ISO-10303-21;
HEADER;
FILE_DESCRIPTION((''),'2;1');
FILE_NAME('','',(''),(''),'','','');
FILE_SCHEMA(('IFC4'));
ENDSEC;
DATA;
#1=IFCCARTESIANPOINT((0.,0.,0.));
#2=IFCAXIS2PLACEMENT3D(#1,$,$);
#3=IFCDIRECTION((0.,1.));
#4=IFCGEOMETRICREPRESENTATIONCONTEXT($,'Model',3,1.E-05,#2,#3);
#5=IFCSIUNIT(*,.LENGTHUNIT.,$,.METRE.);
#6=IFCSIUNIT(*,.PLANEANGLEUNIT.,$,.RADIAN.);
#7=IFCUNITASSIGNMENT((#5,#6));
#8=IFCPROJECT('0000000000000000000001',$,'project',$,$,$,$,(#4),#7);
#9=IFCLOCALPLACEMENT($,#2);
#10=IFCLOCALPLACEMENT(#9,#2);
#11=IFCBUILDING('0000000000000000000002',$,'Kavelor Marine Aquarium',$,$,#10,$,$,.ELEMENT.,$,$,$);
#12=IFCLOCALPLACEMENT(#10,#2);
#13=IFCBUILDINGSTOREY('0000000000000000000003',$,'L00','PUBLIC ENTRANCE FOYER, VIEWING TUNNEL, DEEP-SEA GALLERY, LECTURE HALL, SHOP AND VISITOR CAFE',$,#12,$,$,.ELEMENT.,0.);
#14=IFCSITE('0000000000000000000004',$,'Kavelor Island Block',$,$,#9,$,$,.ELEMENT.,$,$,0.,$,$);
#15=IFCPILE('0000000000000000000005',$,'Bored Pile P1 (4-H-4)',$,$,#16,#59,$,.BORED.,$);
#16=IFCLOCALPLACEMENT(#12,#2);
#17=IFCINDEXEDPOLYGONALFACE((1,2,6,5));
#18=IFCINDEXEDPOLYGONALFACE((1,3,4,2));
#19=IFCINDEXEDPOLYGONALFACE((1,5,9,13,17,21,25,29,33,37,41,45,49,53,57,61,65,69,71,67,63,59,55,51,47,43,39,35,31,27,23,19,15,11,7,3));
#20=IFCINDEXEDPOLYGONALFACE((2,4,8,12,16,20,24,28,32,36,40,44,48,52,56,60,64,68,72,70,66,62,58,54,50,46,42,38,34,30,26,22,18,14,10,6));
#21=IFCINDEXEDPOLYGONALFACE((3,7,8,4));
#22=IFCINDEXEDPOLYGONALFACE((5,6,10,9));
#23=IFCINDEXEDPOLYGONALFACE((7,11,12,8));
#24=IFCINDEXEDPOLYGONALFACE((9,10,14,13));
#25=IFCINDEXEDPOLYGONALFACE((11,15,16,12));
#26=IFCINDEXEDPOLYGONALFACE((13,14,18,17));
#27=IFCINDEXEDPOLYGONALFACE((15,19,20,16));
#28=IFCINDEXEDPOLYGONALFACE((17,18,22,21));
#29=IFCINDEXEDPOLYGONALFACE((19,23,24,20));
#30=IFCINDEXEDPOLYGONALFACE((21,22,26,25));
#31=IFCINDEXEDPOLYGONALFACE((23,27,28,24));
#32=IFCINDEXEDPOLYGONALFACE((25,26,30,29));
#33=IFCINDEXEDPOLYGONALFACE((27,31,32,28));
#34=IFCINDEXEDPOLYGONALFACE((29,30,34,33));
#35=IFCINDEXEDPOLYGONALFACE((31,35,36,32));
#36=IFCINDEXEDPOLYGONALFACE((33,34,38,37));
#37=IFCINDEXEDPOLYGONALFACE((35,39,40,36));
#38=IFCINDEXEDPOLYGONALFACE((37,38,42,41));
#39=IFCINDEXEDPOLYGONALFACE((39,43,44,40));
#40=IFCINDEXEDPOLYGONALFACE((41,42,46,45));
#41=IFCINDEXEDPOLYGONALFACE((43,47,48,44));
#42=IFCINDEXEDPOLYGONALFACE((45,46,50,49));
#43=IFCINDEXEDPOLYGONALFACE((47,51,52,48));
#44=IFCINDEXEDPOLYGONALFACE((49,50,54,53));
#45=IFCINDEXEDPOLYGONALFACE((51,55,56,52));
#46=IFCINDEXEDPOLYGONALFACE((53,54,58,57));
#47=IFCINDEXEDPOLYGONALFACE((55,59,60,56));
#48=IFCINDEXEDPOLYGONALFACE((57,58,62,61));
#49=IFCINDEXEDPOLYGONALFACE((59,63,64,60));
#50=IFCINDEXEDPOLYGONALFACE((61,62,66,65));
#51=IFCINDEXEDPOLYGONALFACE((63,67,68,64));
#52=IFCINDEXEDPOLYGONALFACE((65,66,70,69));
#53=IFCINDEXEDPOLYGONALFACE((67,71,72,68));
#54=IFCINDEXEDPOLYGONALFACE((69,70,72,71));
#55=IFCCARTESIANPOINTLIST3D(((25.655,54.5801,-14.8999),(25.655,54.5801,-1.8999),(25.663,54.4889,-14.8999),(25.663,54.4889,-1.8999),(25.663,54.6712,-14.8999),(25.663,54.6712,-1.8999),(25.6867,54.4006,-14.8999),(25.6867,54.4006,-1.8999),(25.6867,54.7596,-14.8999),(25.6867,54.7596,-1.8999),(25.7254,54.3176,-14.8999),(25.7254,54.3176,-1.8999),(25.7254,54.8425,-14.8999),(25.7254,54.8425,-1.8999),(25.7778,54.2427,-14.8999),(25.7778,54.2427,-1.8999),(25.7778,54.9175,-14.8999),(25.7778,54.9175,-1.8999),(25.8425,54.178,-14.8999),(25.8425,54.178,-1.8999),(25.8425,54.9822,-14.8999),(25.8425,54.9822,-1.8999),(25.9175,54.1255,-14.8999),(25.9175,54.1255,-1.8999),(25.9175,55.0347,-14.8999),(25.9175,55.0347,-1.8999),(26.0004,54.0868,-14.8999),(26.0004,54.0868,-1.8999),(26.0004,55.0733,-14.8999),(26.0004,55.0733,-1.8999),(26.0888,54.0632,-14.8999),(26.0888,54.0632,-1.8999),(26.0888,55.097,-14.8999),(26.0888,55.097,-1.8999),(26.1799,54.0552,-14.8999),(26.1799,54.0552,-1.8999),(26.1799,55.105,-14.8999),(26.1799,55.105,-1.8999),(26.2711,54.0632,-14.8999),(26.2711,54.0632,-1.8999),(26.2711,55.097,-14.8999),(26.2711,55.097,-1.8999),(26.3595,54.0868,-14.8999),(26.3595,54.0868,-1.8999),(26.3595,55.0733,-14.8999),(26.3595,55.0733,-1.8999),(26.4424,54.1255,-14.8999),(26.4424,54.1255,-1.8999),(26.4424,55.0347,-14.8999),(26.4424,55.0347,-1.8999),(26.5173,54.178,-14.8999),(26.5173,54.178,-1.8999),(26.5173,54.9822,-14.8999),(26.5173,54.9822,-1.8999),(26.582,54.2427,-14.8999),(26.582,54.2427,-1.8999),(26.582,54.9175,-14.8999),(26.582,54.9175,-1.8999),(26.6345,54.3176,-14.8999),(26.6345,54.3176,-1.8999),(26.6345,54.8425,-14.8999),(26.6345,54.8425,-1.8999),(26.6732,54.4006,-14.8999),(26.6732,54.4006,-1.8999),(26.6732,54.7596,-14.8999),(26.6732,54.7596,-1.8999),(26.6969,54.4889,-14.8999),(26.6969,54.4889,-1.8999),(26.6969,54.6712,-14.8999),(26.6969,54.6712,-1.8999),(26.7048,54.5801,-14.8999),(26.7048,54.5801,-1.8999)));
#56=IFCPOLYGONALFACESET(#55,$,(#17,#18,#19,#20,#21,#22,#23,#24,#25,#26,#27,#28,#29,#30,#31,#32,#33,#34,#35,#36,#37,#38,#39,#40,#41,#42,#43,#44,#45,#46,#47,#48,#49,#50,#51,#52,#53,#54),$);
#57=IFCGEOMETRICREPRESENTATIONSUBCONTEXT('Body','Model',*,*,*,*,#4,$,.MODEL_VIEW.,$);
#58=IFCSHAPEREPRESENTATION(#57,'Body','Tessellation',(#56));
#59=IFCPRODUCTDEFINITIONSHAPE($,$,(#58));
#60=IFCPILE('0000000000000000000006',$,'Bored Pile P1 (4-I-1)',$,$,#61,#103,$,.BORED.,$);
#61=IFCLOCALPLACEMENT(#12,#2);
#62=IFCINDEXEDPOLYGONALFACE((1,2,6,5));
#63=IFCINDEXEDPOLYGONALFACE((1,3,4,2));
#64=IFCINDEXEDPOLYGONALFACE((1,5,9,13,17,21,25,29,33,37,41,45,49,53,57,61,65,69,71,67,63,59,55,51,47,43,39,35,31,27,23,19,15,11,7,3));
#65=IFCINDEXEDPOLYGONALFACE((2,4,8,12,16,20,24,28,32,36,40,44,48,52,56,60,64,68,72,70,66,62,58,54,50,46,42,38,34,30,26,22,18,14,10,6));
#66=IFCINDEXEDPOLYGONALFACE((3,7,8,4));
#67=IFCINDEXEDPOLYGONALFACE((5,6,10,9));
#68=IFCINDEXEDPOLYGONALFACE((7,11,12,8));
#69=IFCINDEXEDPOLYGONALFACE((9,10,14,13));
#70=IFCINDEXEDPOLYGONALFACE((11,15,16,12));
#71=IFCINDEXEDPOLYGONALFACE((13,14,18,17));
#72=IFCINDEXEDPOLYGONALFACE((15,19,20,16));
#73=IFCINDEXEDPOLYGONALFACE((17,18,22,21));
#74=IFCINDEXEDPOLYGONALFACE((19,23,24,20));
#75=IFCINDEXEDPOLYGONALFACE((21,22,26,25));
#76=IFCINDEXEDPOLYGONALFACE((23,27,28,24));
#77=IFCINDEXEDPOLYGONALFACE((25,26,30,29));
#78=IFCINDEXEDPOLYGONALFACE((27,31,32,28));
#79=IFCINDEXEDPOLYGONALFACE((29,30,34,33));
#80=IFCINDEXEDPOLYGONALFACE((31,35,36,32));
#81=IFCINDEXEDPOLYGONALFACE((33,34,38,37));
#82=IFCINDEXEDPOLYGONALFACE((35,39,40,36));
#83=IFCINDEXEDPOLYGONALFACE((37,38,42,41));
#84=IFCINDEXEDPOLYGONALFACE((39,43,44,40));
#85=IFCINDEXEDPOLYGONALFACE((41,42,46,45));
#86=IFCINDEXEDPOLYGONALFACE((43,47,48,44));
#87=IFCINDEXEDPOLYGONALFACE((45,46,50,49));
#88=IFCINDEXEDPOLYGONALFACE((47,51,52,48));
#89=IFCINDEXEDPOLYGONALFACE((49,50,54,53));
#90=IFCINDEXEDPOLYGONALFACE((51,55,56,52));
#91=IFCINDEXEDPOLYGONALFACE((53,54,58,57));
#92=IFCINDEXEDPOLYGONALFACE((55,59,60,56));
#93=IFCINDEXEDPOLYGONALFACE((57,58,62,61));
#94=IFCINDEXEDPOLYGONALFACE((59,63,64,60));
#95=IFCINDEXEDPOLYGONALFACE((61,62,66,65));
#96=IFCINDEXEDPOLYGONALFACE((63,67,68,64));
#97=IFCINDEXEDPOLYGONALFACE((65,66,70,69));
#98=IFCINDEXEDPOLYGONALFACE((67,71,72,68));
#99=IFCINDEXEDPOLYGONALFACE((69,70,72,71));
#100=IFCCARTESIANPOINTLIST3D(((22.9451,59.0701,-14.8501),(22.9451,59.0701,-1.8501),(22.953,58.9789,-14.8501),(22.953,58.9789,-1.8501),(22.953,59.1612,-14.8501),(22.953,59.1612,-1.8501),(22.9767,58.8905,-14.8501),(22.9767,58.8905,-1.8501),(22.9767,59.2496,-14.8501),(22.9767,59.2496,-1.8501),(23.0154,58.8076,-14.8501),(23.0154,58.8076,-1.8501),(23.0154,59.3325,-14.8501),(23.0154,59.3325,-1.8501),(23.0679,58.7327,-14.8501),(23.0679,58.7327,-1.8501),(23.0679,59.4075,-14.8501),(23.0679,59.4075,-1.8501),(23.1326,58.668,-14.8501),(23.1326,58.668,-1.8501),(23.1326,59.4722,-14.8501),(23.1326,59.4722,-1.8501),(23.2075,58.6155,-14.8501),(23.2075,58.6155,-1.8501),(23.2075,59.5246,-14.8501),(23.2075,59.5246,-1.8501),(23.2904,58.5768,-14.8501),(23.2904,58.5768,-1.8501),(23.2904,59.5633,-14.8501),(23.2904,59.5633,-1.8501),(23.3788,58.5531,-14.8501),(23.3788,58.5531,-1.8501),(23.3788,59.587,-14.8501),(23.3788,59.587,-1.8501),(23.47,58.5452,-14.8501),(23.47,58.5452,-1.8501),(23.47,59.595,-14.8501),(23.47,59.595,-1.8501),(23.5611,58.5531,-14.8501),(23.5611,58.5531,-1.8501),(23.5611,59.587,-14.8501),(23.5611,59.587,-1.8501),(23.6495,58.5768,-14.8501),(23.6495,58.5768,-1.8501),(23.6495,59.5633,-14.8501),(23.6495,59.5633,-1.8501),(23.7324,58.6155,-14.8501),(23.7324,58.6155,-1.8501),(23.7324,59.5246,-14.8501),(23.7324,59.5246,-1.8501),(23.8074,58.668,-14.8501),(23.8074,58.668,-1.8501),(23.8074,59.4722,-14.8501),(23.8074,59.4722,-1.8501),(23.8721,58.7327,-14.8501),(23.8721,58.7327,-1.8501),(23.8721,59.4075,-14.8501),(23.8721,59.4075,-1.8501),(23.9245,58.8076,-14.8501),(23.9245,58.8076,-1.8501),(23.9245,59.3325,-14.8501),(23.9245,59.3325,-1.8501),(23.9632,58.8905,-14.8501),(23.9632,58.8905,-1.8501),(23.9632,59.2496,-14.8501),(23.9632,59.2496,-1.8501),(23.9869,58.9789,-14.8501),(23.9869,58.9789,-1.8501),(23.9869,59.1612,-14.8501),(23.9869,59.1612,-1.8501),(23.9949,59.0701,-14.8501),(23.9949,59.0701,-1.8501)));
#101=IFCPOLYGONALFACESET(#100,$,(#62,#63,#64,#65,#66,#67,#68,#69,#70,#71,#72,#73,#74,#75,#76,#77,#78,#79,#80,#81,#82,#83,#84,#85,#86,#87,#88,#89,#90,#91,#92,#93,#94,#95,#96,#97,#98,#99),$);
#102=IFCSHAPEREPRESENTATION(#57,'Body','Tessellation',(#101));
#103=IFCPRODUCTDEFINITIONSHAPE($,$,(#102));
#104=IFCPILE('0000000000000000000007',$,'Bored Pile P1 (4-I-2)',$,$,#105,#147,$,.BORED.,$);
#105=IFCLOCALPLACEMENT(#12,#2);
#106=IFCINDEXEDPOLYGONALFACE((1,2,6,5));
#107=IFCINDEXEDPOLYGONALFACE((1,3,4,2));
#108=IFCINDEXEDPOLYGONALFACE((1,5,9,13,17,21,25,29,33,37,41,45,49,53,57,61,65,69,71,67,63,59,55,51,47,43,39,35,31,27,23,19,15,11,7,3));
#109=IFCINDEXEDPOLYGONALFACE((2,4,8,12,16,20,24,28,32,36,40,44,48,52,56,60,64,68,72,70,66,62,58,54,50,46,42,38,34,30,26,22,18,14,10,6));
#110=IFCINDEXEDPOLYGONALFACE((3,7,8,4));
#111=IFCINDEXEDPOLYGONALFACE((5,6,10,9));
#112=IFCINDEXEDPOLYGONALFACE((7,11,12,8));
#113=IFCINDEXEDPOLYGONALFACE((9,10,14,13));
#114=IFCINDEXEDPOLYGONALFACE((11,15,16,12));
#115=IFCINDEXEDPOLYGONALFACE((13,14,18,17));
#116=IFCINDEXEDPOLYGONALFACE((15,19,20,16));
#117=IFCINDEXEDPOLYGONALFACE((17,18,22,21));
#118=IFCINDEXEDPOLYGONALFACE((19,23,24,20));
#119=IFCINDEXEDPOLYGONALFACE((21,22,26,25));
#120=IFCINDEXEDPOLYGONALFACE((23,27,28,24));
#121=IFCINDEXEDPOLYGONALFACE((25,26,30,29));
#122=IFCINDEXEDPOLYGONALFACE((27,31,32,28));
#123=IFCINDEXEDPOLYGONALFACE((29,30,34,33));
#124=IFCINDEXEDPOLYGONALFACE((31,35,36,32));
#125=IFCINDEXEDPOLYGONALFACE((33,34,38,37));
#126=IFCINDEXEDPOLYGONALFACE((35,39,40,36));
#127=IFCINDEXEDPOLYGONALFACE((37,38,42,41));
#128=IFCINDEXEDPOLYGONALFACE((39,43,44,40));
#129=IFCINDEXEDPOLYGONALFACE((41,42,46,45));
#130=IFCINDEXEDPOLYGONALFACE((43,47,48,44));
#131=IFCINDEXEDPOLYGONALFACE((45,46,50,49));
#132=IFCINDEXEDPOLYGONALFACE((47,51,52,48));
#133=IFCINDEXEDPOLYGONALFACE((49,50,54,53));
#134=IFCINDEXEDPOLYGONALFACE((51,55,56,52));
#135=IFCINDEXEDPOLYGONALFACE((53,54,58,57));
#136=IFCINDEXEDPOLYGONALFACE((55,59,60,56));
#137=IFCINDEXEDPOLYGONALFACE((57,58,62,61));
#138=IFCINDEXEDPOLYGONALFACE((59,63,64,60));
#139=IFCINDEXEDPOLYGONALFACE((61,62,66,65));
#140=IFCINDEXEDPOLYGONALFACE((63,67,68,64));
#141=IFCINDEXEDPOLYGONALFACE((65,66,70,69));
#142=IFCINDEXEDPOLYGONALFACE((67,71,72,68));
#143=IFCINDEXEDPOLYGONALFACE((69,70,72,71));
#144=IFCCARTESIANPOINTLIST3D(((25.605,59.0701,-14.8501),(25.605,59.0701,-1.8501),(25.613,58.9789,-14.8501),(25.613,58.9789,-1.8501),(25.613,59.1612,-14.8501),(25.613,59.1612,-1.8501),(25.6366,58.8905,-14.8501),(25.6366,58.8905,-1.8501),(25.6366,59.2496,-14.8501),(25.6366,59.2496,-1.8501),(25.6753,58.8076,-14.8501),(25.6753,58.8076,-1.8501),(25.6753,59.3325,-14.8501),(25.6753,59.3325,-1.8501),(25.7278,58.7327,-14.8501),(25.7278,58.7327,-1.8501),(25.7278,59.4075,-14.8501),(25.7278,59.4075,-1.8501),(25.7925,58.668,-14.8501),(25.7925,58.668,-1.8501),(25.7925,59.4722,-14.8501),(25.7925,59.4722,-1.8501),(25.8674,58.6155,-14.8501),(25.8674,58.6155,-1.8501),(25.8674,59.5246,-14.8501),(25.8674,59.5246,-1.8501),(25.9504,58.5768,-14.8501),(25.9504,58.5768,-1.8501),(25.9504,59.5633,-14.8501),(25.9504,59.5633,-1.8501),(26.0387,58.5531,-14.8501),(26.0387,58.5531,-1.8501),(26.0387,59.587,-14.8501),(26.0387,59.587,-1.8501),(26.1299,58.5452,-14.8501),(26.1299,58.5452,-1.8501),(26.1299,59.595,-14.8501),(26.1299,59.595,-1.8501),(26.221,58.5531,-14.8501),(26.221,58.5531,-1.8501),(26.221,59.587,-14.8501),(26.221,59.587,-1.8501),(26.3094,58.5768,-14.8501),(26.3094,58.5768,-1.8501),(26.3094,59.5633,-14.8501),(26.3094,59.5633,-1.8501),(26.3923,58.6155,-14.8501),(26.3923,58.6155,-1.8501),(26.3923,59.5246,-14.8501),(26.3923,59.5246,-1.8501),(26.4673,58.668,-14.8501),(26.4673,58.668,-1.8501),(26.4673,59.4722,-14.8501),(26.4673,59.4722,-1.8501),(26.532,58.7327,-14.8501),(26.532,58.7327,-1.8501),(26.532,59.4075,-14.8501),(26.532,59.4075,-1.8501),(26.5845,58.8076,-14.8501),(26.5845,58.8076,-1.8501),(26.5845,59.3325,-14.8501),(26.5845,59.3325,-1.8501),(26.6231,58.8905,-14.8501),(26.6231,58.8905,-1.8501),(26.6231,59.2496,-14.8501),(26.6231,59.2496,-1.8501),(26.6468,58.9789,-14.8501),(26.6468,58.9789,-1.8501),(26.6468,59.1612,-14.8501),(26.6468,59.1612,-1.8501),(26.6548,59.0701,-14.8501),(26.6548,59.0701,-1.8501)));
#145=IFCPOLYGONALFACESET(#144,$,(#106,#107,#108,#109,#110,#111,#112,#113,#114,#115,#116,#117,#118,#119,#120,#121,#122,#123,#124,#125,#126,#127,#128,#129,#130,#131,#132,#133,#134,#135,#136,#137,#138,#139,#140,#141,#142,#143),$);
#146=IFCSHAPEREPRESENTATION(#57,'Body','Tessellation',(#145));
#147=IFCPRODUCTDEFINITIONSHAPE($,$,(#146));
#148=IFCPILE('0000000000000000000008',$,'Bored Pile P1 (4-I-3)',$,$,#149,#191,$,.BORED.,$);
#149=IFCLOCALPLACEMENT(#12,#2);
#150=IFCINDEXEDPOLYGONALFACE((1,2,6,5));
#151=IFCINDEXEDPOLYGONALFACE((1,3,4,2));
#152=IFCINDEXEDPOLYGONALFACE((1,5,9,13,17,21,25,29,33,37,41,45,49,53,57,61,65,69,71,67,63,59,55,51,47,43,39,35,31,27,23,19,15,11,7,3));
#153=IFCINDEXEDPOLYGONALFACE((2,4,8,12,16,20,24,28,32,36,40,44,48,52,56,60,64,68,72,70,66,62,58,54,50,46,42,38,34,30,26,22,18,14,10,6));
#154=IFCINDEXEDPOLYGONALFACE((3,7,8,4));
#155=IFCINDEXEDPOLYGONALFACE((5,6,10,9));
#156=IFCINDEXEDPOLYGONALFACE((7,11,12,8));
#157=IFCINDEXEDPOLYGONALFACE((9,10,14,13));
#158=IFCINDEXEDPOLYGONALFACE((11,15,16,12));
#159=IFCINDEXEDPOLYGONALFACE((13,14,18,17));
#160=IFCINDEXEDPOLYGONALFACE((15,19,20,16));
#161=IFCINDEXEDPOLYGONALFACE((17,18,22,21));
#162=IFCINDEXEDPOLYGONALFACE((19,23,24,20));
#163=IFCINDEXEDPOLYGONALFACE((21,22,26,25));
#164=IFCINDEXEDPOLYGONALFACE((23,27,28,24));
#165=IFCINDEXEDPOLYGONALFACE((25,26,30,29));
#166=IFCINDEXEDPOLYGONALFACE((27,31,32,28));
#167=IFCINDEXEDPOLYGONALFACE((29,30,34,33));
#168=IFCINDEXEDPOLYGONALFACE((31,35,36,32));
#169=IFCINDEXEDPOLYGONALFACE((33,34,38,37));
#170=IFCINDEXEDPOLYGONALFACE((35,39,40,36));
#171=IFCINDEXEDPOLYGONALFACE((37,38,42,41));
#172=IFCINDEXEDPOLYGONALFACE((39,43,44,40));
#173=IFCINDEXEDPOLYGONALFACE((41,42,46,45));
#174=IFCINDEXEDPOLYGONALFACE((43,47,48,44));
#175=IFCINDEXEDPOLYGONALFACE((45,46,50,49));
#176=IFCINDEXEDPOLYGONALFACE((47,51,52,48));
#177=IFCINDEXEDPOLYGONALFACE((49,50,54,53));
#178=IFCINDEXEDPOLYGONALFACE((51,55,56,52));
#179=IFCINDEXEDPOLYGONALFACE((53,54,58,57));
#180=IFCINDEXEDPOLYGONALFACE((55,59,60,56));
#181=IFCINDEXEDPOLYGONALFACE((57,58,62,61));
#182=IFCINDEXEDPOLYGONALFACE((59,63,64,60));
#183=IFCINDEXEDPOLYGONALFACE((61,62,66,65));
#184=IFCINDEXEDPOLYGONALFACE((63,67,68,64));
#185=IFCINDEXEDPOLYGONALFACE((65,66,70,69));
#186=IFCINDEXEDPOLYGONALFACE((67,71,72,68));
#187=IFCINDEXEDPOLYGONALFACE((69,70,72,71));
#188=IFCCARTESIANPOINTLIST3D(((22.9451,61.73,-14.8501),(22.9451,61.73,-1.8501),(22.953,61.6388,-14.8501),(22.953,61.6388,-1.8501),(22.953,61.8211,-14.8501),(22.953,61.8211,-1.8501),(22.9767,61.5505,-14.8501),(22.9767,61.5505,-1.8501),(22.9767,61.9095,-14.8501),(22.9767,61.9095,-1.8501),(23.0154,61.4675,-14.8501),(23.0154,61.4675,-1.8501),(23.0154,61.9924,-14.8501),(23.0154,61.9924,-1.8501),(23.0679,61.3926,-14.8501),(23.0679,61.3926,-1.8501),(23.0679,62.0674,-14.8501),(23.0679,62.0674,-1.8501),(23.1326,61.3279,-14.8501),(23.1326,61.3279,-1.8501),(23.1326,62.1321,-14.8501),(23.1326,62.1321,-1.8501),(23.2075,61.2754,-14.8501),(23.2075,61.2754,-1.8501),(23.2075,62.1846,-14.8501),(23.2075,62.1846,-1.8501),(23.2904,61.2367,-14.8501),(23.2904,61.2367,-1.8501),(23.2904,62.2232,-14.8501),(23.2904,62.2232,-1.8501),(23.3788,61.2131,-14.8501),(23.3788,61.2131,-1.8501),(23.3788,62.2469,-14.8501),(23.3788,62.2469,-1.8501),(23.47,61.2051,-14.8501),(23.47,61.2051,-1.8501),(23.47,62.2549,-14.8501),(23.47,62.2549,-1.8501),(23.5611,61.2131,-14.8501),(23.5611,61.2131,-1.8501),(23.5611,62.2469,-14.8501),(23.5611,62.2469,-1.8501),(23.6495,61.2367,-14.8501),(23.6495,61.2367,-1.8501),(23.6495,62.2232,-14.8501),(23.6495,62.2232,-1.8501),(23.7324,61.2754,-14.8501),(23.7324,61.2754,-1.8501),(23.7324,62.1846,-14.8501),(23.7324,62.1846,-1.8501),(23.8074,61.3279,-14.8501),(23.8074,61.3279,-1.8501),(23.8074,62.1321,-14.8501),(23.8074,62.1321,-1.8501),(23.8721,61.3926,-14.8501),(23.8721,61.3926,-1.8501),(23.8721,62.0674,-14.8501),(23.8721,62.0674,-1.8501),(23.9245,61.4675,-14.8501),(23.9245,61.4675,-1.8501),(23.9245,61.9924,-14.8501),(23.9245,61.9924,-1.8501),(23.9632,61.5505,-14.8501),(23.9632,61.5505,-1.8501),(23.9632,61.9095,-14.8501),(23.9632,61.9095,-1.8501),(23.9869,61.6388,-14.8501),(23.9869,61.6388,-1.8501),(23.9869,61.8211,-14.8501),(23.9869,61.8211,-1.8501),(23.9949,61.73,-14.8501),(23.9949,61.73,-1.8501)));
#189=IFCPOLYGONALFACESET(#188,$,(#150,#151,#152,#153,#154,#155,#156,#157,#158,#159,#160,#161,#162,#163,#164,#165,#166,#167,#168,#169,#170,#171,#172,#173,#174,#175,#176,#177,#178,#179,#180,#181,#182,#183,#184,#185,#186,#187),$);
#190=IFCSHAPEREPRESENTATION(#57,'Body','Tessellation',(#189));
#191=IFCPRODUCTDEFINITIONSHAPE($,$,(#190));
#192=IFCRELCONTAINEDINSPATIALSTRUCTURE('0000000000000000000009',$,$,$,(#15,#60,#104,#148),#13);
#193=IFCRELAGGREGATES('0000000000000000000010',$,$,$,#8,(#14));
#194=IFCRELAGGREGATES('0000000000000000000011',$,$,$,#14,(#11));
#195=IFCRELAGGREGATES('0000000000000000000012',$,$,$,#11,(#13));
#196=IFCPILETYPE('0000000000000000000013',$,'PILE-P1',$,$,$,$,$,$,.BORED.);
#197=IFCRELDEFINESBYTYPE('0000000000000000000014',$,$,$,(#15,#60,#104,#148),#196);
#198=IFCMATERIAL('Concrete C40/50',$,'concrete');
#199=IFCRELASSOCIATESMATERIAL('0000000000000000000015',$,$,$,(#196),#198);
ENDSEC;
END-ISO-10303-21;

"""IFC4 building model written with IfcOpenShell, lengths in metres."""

from ifc_helpers import new_model, si_unit, direction, frame, origin, origin_2d, place, context, subcontext, project, spatial, circle, extrude, material, material_profile, profile_set, type_object, element, save


model = new_model("IFC4")

# Units and contexts
model_context = context("Model", 3, precision=1e-05, world=origin(), true_north=direction((0.0, 1.0)))
body_context = subcontext(model_context, "Body", "Model", "MODEL_VIEW")
ifc_project = project(units=[si_unit("LENGTHUNIT", "METRE"), si_unit("PLANEANGLEUNIT", "RADIAN")], contexts=[model_context])

# Site, building, storey
site_placement = place(None, origin())
site = spatial("IfcSite", under=ifc_project, at=site_placement, Name="Kavelor Island Block", CompositionType="ELEMENT", RefElevation=0.0)
building_placement = place(site_placement, origin())
building = spatial("IfcBuilding", under=site, at=building_placement, Name="Kavelor Marine Aquarium", CompositionType="ELEMENT")
storey_placement = place(building_placement, origin())
storey = spatial("IfcBuildingStorey", under=building, at=storey_placement, Name="L00", Description="PUBLIC ENTRANCE FOYER, VIEWING TUNNEL, DEEP-SEA GALLERY, LECTURE HALL, SHOP AND VISITOR CAFE", CompositionType="ELEMENT", Elevation=0.0)

# Piles
ifc_material_1 = material(Name="Concrete C40/50", Category="concrete")
ifc_material_profile_1 = material_profile(ifc_material_1, circle(Radius=0.5249, at=origin_2d()), Name="PILE D1050")
ifc_profile_set_1 = profile_set([ifc_material_profile_1], Name="Concrete C40/50")
pile_type = type_object("IfcPileType", Name="PILE-P1", PredefinedType="BORED", material=ifc_profile_set_1)
for number, where, z_axis, x_axis, name in (
    (1, (26.1799, 54.5801, -1.8999), (0.0, 0.0, -1.0), (1.0, 0.0, 0.0), "Bored Pile P1 (4-H-4)"),
    (2, (23.47, 59.0701, -1.8501), (0.0, 0.0, -1.0), (1.0, 0.0, 0.0), "Bored Pile P1 (4-I-1)"),
    (3, (26.1299, 59.0701, -1.8501), (0.0, 0.0, -1.0), (1.0, 0.0, 0.0), "Bored Pile P1 (4-I-2)"),
    (4, (23.47, 61.73, -1.8501), (0.0, 0.0, -1.0), (1.0, 0.0, 0.0), "Bored Pile P1 (4-I-3)"),
):
    element("IfcPile", number, at=place(storey_placement, frame(where, z_axis=z_axis, x_axis=x_axis)), inside=storey, type_object=pile_type, Name=name, PredefinedType="BORED", context=body_context, shape_type="SweptSolid", body=[
        extrude(circle(Radius=0.5249, at=origin_2d()), origin(), (0.0, 0.0, 1.0), 13.0),
    ])

save(model, "model.ifc")
